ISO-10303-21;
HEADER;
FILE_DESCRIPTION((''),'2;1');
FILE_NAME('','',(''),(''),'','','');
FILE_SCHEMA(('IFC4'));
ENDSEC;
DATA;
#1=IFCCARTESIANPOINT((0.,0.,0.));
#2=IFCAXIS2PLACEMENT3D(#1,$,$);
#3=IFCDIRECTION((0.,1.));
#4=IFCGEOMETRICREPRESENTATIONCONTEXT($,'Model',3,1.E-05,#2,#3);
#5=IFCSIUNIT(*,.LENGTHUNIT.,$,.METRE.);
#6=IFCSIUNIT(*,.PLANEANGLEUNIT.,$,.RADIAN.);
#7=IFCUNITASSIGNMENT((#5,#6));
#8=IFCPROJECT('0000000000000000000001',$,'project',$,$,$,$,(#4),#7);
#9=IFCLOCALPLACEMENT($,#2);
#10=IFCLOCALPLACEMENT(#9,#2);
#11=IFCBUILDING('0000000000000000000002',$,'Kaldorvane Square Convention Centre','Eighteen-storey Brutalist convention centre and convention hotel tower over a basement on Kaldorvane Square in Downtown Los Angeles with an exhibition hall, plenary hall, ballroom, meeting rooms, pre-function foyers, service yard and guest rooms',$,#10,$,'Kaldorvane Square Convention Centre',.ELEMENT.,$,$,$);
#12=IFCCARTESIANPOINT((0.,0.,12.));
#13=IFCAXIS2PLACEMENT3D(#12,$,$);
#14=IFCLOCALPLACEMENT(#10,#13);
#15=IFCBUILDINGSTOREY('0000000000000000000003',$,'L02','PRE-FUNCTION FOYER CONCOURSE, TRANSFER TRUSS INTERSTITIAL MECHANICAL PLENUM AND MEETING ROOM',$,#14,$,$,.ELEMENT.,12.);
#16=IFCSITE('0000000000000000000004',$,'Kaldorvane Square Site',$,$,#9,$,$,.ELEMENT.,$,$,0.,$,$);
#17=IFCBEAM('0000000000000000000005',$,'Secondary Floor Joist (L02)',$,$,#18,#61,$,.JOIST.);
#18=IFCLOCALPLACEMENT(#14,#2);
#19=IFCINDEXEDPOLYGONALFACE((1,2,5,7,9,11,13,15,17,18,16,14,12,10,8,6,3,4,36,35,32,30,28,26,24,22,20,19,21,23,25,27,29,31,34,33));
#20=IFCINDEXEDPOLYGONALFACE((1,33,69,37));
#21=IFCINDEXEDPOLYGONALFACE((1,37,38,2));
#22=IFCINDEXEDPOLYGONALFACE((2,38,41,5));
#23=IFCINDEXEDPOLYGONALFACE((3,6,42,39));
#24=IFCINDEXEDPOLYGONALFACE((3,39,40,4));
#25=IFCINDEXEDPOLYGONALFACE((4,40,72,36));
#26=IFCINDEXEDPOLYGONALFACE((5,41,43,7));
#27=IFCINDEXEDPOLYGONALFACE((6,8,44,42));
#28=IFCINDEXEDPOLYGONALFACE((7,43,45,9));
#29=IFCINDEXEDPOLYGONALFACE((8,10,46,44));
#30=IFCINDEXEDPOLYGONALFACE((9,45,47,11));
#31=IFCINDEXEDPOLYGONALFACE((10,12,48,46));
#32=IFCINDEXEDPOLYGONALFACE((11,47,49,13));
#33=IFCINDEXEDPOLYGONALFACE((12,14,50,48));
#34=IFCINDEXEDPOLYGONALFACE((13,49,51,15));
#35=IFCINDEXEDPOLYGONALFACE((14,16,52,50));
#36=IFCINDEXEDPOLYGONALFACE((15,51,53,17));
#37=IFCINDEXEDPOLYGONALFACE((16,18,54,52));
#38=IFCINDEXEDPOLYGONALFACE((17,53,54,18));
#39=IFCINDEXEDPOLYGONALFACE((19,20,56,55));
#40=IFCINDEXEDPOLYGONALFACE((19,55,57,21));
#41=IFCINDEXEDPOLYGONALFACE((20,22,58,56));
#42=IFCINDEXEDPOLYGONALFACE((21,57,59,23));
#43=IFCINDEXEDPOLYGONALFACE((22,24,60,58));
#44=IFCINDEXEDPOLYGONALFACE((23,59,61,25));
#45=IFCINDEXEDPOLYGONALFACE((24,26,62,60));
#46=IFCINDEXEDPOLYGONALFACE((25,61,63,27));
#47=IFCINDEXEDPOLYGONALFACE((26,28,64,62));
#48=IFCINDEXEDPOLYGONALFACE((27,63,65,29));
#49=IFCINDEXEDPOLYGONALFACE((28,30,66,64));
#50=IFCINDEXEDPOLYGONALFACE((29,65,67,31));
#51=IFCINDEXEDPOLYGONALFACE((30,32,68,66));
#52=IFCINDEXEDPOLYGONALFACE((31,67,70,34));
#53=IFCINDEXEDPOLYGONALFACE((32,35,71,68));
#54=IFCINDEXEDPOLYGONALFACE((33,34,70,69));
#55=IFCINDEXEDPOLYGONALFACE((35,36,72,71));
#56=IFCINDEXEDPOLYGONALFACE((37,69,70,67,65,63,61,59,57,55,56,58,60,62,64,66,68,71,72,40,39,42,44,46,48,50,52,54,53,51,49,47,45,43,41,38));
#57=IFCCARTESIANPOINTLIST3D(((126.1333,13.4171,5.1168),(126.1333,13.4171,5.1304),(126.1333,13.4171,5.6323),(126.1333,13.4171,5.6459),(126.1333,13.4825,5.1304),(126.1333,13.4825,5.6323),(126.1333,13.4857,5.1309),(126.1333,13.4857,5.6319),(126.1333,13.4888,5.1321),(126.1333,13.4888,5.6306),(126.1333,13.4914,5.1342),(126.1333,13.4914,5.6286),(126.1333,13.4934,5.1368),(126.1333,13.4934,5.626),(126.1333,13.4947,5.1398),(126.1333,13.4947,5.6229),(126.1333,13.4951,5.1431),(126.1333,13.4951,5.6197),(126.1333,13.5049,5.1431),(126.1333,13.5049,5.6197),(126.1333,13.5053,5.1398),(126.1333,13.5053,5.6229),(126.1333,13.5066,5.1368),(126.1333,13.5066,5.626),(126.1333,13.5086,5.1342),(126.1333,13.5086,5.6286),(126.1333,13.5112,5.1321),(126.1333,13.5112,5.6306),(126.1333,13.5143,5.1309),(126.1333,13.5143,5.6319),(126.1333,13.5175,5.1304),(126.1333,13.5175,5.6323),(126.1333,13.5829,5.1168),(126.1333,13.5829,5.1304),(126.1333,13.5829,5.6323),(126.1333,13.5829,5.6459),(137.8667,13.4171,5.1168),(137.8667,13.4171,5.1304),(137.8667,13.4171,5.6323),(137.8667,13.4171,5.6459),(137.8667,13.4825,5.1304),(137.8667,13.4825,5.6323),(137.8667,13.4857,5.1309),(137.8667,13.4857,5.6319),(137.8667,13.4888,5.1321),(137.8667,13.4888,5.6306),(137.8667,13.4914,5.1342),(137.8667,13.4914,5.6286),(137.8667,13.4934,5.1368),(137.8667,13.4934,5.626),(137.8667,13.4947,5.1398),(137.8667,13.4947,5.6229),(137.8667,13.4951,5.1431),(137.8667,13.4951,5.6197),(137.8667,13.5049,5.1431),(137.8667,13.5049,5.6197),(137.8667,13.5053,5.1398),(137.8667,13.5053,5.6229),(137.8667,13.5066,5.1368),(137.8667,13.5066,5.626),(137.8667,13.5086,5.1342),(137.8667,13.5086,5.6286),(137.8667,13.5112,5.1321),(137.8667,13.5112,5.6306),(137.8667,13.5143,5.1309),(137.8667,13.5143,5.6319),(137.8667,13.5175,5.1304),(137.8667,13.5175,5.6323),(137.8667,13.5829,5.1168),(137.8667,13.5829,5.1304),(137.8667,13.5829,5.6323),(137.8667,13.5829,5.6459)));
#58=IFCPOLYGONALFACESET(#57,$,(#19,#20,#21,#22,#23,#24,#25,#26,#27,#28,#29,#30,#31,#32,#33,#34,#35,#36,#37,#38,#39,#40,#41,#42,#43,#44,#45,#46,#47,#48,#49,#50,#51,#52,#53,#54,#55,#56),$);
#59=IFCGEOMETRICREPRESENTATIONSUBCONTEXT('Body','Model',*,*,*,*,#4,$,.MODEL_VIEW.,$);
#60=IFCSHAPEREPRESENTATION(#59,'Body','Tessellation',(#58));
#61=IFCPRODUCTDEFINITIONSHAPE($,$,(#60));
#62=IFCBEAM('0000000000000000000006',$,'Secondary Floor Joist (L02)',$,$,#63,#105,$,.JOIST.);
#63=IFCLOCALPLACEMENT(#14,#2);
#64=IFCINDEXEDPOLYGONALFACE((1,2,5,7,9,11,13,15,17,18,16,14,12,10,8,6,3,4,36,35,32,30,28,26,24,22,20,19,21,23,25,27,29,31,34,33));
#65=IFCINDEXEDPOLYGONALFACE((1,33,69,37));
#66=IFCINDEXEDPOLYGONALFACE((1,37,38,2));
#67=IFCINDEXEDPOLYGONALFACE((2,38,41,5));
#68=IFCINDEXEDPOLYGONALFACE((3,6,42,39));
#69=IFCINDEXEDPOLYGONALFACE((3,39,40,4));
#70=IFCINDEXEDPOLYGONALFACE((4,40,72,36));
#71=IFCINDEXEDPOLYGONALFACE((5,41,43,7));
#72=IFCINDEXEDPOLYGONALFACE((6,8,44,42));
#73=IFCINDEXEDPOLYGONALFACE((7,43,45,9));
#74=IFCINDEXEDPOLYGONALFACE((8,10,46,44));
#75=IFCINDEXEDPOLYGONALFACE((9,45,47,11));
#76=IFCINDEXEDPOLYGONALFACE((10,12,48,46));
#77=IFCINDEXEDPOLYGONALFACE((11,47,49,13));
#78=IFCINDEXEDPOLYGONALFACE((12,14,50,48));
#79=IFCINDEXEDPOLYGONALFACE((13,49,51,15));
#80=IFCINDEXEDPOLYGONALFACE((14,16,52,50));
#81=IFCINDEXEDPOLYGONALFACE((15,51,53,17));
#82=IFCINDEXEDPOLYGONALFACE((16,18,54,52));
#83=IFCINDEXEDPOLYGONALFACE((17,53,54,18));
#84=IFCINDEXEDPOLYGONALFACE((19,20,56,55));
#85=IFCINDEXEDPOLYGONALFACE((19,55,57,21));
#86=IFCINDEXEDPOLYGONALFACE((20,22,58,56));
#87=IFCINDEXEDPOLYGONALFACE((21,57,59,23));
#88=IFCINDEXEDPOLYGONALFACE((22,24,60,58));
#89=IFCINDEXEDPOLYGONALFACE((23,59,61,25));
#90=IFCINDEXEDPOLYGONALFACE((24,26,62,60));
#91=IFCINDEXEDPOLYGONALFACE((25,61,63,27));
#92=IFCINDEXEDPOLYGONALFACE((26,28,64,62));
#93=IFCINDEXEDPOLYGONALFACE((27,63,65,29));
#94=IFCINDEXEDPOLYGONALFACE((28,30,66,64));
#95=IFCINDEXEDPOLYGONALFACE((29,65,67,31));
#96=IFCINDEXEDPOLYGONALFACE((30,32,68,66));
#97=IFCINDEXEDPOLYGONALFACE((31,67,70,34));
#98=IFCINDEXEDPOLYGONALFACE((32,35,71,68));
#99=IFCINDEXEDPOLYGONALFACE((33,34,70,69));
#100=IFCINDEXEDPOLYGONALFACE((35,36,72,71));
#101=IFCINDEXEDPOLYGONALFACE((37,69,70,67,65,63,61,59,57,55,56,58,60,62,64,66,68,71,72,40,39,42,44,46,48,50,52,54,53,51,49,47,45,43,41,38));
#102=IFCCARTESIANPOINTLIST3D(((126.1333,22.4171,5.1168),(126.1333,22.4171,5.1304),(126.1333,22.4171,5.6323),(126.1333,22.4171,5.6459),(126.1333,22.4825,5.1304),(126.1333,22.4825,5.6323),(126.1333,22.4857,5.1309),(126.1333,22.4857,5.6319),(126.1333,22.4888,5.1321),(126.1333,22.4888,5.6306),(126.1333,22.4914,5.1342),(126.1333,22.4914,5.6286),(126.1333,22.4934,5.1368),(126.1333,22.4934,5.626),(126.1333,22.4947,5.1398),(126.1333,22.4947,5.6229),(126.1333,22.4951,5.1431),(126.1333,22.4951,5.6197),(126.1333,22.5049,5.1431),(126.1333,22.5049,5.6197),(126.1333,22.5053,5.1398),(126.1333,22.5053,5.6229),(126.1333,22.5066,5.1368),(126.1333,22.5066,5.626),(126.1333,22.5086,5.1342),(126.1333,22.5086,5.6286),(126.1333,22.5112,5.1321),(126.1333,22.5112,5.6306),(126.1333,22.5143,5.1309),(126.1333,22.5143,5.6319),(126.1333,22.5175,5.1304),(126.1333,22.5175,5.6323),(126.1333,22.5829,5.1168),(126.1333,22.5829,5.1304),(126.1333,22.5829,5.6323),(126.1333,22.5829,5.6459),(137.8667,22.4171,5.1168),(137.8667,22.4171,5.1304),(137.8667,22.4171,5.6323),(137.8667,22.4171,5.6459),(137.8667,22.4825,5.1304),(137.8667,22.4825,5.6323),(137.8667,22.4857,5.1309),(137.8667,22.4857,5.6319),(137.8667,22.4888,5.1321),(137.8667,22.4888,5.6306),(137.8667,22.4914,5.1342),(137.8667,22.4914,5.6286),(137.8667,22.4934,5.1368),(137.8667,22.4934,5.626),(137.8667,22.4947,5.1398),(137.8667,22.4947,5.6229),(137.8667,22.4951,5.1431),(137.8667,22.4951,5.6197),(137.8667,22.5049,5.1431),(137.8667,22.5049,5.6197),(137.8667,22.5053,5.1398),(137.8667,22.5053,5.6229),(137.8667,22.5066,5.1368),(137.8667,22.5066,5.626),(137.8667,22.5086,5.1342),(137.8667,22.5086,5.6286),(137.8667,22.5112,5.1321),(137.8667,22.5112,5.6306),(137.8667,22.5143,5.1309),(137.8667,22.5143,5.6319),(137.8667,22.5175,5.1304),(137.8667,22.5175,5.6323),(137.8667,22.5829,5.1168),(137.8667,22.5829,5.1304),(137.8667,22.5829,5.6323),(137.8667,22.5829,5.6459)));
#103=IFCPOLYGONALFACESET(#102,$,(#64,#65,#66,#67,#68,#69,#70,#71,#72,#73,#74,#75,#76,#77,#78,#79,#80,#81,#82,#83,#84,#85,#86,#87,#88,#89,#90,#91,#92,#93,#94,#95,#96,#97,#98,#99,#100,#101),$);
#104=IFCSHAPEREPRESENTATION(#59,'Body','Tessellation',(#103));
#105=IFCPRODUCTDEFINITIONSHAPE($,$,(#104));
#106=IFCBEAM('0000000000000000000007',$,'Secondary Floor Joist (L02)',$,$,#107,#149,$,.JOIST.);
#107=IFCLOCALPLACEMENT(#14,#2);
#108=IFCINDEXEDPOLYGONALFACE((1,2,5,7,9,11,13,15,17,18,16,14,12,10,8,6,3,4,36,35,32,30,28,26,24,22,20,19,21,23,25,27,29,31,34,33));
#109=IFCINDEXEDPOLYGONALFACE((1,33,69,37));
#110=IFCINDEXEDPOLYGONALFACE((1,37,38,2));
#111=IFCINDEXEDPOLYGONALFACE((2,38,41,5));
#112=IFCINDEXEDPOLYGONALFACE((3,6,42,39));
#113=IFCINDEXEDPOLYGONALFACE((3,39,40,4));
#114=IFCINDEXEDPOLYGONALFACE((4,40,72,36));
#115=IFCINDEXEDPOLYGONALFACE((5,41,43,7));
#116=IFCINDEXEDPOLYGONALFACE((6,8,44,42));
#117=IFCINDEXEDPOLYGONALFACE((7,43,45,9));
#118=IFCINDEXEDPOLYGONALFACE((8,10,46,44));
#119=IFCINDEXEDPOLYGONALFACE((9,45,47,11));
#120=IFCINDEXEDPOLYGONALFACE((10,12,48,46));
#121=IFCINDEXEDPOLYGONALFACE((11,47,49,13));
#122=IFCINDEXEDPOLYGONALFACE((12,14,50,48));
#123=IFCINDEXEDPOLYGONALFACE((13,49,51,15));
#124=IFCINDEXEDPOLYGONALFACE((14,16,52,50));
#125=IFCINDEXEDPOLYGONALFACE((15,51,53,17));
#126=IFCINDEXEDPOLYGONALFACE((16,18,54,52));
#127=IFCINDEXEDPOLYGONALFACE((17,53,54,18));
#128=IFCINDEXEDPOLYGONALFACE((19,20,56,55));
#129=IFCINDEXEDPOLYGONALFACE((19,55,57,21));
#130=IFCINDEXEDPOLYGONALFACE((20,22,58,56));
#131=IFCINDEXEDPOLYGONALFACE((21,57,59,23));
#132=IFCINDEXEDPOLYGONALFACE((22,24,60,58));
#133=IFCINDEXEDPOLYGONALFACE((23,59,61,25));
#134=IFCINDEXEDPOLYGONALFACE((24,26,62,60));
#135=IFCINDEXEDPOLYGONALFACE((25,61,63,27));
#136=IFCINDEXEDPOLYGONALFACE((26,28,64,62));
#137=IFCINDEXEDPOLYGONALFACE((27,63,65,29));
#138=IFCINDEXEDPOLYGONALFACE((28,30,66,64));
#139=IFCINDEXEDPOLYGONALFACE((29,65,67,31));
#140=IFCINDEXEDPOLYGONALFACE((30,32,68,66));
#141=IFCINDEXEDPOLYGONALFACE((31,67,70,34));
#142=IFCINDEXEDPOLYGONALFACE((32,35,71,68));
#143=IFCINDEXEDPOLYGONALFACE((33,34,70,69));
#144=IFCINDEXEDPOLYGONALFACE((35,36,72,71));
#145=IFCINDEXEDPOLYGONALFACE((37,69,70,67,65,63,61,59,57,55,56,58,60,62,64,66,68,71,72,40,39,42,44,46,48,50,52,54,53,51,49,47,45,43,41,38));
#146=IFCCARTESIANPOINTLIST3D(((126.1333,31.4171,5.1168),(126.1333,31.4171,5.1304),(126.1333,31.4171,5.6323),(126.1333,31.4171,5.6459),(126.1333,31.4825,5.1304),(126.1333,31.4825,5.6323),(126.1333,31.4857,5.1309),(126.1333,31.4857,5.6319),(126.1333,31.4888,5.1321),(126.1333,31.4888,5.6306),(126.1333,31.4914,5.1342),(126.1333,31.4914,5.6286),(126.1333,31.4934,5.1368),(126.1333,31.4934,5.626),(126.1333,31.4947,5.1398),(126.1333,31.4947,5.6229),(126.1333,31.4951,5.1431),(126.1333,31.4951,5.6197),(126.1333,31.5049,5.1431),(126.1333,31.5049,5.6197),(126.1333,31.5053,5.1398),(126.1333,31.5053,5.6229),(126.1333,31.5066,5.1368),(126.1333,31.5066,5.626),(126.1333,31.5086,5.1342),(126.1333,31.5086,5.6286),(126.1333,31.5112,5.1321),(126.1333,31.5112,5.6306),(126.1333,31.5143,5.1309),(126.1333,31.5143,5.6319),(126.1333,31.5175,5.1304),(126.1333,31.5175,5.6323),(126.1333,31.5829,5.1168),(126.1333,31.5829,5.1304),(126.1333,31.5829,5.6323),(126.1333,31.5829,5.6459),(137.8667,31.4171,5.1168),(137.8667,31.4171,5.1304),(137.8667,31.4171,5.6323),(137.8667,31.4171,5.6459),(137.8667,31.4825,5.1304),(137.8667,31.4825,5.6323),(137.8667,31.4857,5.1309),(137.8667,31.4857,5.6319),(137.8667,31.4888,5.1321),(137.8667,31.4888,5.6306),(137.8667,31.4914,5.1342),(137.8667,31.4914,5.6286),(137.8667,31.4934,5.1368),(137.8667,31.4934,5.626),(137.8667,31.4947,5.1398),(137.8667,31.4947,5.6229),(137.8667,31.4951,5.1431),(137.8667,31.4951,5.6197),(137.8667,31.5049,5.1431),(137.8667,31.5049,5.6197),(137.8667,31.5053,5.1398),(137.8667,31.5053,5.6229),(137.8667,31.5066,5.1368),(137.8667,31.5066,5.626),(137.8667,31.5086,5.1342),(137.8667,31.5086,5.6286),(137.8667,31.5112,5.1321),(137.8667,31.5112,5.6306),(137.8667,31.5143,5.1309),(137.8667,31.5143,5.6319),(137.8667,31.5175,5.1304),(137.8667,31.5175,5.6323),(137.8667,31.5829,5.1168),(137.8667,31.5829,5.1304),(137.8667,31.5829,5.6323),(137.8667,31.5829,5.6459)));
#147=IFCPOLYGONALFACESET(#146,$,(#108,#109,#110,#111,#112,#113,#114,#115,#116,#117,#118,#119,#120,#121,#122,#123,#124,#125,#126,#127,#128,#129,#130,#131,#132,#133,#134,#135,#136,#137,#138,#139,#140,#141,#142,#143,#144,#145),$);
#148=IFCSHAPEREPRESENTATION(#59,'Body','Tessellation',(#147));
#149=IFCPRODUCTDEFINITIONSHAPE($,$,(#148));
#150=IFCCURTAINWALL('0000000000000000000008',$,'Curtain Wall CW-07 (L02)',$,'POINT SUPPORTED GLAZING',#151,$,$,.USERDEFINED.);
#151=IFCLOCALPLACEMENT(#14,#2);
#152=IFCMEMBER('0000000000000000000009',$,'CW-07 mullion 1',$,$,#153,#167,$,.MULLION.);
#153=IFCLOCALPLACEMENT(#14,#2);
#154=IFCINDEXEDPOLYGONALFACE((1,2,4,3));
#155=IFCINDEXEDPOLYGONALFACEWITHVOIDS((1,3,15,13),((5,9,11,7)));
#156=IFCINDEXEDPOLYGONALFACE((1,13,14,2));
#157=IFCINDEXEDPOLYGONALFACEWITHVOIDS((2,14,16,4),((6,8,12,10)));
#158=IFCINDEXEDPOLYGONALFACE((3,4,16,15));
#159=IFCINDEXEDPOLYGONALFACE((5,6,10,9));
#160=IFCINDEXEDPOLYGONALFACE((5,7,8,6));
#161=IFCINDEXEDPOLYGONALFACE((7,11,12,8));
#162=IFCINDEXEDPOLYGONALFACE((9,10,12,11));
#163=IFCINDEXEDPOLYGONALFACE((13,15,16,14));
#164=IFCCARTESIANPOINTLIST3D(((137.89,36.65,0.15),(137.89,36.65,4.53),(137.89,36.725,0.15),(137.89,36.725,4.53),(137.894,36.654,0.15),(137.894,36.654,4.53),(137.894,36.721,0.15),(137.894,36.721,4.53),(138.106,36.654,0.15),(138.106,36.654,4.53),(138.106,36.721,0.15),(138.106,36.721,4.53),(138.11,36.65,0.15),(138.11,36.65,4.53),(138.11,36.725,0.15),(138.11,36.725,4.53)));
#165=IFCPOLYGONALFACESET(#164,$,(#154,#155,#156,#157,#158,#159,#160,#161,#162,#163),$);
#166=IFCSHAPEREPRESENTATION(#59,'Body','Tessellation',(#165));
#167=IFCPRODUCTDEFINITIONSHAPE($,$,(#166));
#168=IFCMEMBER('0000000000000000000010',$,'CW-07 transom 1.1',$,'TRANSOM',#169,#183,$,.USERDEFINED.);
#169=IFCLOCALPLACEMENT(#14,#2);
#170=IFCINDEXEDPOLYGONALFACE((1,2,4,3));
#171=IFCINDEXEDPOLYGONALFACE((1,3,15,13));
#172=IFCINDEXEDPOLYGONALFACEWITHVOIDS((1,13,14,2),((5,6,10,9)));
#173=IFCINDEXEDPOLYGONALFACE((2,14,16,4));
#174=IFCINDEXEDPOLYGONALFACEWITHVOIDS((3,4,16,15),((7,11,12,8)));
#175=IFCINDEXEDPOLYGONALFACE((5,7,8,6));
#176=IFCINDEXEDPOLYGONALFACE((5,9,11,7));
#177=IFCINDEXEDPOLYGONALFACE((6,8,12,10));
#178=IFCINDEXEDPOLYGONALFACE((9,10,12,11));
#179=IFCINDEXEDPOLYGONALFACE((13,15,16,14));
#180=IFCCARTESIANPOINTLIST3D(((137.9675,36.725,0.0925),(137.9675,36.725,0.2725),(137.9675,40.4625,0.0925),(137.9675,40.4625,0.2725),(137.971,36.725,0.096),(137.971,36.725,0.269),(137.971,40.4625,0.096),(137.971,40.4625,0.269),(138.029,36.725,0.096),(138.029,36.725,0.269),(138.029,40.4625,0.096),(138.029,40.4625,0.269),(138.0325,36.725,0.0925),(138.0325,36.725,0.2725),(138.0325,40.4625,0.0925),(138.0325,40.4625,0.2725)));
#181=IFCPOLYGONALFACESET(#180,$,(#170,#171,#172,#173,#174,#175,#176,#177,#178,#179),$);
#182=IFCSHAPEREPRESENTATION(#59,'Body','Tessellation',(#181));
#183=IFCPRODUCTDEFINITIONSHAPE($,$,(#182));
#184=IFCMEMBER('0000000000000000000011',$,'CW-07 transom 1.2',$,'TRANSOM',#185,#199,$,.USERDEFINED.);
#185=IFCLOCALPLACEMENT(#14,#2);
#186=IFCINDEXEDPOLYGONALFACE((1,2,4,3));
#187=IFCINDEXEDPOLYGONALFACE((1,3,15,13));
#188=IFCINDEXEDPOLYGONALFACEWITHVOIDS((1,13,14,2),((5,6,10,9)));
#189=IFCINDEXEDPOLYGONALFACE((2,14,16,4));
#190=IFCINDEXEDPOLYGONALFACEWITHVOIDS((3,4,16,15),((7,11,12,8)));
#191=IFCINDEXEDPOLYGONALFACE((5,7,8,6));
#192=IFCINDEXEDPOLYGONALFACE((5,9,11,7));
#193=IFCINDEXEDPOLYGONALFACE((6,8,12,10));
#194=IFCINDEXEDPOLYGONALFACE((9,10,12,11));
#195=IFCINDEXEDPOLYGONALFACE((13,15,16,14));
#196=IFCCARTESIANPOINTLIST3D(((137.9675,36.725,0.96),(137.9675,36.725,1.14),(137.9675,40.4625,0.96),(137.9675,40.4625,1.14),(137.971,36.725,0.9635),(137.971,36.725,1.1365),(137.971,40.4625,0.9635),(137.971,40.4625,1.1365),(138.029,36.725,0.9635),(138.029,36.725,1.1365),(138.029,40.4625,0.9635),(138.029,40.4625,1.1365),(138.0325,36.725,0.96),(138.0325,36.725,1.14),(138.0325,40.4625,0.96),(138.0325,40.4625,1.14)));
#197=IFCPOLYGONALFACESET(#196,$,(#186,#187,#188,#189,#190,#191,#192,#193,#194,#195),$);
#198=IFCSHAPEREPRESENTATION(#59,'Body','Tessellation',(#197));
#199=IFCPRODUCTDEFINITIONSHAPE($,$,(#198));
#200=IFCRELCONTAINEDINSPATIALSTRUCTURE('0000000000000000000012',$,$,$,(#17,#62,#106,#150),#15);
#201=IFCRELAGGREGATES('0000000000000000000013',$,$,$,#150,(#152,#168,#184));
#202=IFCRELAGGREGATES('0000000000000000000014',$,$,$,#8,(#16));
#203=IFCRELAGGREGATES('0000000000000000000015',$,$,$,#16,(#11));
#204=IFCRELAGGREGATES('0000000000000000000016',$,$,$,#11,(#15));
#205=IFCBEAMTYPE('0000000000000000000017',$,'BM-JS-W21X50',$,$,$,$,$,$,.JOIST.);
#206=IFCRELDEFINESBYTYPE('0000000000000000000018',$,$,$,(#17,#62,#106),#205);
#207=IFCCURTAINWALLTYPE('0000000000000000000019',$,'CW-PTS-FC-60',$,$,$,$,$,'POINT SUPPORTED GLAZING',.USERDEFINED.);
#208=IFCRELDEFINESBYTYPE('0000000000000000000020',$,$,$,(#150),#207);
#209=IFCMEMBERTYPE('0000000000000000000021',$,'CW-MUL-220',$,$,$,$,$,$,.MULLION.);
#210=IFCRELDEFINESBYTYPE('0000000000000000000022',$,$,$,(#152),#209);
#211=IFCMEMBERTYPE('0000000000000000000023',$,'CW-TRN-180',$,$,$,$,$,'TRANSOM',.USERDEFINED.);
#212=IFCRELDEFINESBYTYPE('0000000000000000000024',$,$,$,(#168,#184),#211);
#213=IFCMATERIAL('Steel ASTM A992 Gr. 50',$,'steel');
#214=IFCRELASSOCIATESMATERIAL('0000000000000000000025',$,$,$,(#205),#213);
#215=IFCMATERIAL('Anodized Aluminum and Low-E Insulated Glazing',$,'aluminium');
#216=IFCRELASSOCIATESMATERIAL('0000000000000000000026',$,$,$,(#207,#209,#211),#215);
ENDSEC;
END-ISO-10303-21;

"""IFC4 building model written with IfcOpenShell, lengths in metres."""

from ifc_helpers import new_model, si_unit, direction, frame, origin, origin_2d, place, context, subcontext, project, spatial, hollow_rectangle, i_section, extrude, material, material_profile, profile_set, type_object, element, aggregate, save


model = new_model("IFC4")

# Units and contexts
model_context = context("Model", 3, precision=1e-05, world=origin(), true_north=direction((0.0, 1.0)))
body_context = subcontext(model_context, "Body", "Model", "MODEL_VIEW")
ifc_project = project(units=[si_unit("LENGTHUNIT", "METRE"), si_unit("PLANEANGLEUNIT", "RADIAN")], contexts=[model_context])

# Site, building, storey
site_placement = place(None, origin())
site = spatial("IfcSite", under=ifc_project, at=site_placement, Name="Kaldorvane Square Site", CompositionType="ELEMENT", RefElevation=0.0)
building_placement = place(site_placement, origin())
building = spatial("IfcBuilding", under=site, at=building_placement, Name="Kaldorvane Square Convention Centre", Description="Eighteen-storey Brutalist convention centre and convention hotel tower over a basement on Kaldorvane Square in Downtown Los Angeles with an exhibition hall, plenary hall, ballroom, meeting rooms, pre-function foyers, service yard and guest rooms", LongName="Kaldorvane Square Convention Centre", CompositionType="ELEMENT")
storey_placement = place(building_placement, frame((0.0, 0.0, 12.0)))
storey = spatial("IfcBuildingStorey", under=building, at=storey_placement, Name="L02", Description="PRE-FUNCTION FOYER CONCOURSE, TRANSFER TRUSS INTERSTITIAL MECHANICAL PLENUM AND MEETING ROOM", CompositionType="ELEMENT", Elevation=12.0)

# Shared definitions
ifc_material_1 = material(Name="Steel ASTM A992 Gr. 50", Category="steel")

# Beams
ifc_material_profile_1 = material_profile(ifc_material_1, i_section(OverallWidth=0.1659, OverallDepth=0.5291, WebThickness=0.0097, FlangeThickness=0.0136, FilletRadius=0.0127, at=origin_2d()), Name="W21X50")
ifc_profile_set_1 = profile_set([ifc_material_profile_1], Name="Steel ASTM A992 Gr. 50")
beam_type_1 = type_object("IfcBeamType", Name="BM-JS-W21X50", PredefinedType="JOIST", material=ifc_profile_set_1)
for number, where, z_axis, x_axis, name in (
    (1, (126.1333, 13.5, 5.3814), (1.0, 0.0, 0.0), (0.0, 1.0, 0.0), "Secondary Floor Joist (L02)"),
    (2, (126.1333, 22.5, 5.3814), (1.0, 0.0, 0.0), (0.0, 1.0, 0.0), "Secondary Floor Joist (L02)"),
    (3, (126.1333, 31.5, 5.3814), (1.0, 0.0, 0.0), (0.0, 1.0, 0.0), "Secondary Floor Joist (L02)"),
):
    element("IfcBeam", number, at=place(storey_placement, frame(where, z_axis=z_axis, x_axis=x_axis)), inside=storey, type_object=beam_type_1, Name=name, PredefinedType="JOIST", context=body_context, shape_type="SweptSolid", body=[
        extrude(i_section(OverallWidth=0.1659, OverallDepth=0.5291, WebThickness=0.0097, FlangeThickness=0.0136, FilletRadius=0.0127, at=origin_2d()), origin(), (0.0, 0.0, 1.0), 11.7334),
    ])

# Curtain wall, members
ifc_material_2 = material(Name="Anodized Aluminum and Low-E Insulated Glazing", Category="aluminium")
curtain_wall_type = type_object("IfcCurtainWallType", Name="CW-PTS-FC-60", ElementType="POINT SUPPORTED GLAZING", PredefinedType="USERDEFINED", material=ifc_material_2)
curtain_wall_placement = place(storey_placement, origin())
curtain_wall = element("IfcCurtainWall", 4, at=curtain_wall_placement, inside=storey, type_object=curtain_wall_type, Name="Curtain Wall CW-07 (L02)", ObjectType="POINT SUPPORTED GLAZING", PredefinedType="USERDEFINED")
ifc_material_profile_2 = material_profile(ifc_material_2, hollow_rectangle(XDim=0.075, YDim=0.22, WallThickness=0.004, at=origin_2d()), Name="CWM-220X75")
ifc_profile_set_2 = profile_set([ifc_material_profile_2], Name="Anodized Aluminum and Low-E Insulated Glazing")
member_type_1 = type_object("IfcMemberType", Name="CW-MUL-220", PredefinedType="MULLION", material=ifc_profile_set_2)
member_1_placement = place(storey_placement, frame((138.0, 36.6875, 0.15), z_axis=(0.0, 0.0, 1.0), x_axis=(0.0, 1.0, 0.0)))
member_1 = element("IfcMember", 5, at=member_1_placement, type_object=member_type_1, Name="CW-07 mullion 1", PredefinedType="MULLION", context=body_context, shape_type="SweptSolid", body=[
    extrude(hollow_rectangle(XDim=0.075, YDim=0.22, WallThickness=0.004, at=origin_2d()), origin(), (0.0, 0.0, 1.0), 4.38),
])
ifc_material_profile_3 = material_profile(ifc_material_2, hollow_rectangle(XDim=0.065, YDim=0.18, WallThickness=0.0035, at=origin_2d()), Name="CWT-180X65")
ifc_profile_set_3 = profile_set([ifc_material_profile_3], Name="Anodized Aluminum and Low-E Insulated Glazing")
member_type_2 = type_object("IfcMemberType", Name="CW-TRN-180", ElementType="TRANSOM", PredefinedType="USERDEFINED", material=ifc_profile_set_3)
member_2_placement = place(storey_placement, frame((138.0, 36.725, 0.1825), z_axis=(0.0, 1.0, 0.0), x_axis=(-1.0, 0.0, 0.0)))
member_2 = element("IfcMember", 6, at=member_2_placement, type_object=member_type_2, Name="CW-07 transom 1.1", ObjectType="TRANSOM", PredefinedType="USERDEFINED", context=body_context, shape_type="SweptSolid", body=[
    extrude(hollow_rectangle(XDim=0.065, YDim=0.18, WallThickness=0.0035, at=origin_2d()), origin(), (0.0, 0.0, 1.0), 3.7375),
])
member_3_placement = place(storey_placement, frame((138.0, 36.725, 1.05), z_axis=(0.0, 1.0, 0.0), x_axis=(-1.0, 0.0, 0.0)))
member_3 = element("IfcMember", 7, at=member_3_placement, type_object=member_type_2, Name="CW-07 transom 1.2", ObjectType="TRANSOM", PredefinedType="USERDEFINED", context=body_context, shape_type="SweptSolid", body=[
    extrude(hollow_rectangle(XDim=0.065, YDim=0.18, WallThickness=0.0035, at=origin_2d()), origin(), (0.0, 0.0, 1.0), 3.7375),
])
aggregate(curtain_wall, [member_1, member_2, member_3])

save(model, "model.ifc")
